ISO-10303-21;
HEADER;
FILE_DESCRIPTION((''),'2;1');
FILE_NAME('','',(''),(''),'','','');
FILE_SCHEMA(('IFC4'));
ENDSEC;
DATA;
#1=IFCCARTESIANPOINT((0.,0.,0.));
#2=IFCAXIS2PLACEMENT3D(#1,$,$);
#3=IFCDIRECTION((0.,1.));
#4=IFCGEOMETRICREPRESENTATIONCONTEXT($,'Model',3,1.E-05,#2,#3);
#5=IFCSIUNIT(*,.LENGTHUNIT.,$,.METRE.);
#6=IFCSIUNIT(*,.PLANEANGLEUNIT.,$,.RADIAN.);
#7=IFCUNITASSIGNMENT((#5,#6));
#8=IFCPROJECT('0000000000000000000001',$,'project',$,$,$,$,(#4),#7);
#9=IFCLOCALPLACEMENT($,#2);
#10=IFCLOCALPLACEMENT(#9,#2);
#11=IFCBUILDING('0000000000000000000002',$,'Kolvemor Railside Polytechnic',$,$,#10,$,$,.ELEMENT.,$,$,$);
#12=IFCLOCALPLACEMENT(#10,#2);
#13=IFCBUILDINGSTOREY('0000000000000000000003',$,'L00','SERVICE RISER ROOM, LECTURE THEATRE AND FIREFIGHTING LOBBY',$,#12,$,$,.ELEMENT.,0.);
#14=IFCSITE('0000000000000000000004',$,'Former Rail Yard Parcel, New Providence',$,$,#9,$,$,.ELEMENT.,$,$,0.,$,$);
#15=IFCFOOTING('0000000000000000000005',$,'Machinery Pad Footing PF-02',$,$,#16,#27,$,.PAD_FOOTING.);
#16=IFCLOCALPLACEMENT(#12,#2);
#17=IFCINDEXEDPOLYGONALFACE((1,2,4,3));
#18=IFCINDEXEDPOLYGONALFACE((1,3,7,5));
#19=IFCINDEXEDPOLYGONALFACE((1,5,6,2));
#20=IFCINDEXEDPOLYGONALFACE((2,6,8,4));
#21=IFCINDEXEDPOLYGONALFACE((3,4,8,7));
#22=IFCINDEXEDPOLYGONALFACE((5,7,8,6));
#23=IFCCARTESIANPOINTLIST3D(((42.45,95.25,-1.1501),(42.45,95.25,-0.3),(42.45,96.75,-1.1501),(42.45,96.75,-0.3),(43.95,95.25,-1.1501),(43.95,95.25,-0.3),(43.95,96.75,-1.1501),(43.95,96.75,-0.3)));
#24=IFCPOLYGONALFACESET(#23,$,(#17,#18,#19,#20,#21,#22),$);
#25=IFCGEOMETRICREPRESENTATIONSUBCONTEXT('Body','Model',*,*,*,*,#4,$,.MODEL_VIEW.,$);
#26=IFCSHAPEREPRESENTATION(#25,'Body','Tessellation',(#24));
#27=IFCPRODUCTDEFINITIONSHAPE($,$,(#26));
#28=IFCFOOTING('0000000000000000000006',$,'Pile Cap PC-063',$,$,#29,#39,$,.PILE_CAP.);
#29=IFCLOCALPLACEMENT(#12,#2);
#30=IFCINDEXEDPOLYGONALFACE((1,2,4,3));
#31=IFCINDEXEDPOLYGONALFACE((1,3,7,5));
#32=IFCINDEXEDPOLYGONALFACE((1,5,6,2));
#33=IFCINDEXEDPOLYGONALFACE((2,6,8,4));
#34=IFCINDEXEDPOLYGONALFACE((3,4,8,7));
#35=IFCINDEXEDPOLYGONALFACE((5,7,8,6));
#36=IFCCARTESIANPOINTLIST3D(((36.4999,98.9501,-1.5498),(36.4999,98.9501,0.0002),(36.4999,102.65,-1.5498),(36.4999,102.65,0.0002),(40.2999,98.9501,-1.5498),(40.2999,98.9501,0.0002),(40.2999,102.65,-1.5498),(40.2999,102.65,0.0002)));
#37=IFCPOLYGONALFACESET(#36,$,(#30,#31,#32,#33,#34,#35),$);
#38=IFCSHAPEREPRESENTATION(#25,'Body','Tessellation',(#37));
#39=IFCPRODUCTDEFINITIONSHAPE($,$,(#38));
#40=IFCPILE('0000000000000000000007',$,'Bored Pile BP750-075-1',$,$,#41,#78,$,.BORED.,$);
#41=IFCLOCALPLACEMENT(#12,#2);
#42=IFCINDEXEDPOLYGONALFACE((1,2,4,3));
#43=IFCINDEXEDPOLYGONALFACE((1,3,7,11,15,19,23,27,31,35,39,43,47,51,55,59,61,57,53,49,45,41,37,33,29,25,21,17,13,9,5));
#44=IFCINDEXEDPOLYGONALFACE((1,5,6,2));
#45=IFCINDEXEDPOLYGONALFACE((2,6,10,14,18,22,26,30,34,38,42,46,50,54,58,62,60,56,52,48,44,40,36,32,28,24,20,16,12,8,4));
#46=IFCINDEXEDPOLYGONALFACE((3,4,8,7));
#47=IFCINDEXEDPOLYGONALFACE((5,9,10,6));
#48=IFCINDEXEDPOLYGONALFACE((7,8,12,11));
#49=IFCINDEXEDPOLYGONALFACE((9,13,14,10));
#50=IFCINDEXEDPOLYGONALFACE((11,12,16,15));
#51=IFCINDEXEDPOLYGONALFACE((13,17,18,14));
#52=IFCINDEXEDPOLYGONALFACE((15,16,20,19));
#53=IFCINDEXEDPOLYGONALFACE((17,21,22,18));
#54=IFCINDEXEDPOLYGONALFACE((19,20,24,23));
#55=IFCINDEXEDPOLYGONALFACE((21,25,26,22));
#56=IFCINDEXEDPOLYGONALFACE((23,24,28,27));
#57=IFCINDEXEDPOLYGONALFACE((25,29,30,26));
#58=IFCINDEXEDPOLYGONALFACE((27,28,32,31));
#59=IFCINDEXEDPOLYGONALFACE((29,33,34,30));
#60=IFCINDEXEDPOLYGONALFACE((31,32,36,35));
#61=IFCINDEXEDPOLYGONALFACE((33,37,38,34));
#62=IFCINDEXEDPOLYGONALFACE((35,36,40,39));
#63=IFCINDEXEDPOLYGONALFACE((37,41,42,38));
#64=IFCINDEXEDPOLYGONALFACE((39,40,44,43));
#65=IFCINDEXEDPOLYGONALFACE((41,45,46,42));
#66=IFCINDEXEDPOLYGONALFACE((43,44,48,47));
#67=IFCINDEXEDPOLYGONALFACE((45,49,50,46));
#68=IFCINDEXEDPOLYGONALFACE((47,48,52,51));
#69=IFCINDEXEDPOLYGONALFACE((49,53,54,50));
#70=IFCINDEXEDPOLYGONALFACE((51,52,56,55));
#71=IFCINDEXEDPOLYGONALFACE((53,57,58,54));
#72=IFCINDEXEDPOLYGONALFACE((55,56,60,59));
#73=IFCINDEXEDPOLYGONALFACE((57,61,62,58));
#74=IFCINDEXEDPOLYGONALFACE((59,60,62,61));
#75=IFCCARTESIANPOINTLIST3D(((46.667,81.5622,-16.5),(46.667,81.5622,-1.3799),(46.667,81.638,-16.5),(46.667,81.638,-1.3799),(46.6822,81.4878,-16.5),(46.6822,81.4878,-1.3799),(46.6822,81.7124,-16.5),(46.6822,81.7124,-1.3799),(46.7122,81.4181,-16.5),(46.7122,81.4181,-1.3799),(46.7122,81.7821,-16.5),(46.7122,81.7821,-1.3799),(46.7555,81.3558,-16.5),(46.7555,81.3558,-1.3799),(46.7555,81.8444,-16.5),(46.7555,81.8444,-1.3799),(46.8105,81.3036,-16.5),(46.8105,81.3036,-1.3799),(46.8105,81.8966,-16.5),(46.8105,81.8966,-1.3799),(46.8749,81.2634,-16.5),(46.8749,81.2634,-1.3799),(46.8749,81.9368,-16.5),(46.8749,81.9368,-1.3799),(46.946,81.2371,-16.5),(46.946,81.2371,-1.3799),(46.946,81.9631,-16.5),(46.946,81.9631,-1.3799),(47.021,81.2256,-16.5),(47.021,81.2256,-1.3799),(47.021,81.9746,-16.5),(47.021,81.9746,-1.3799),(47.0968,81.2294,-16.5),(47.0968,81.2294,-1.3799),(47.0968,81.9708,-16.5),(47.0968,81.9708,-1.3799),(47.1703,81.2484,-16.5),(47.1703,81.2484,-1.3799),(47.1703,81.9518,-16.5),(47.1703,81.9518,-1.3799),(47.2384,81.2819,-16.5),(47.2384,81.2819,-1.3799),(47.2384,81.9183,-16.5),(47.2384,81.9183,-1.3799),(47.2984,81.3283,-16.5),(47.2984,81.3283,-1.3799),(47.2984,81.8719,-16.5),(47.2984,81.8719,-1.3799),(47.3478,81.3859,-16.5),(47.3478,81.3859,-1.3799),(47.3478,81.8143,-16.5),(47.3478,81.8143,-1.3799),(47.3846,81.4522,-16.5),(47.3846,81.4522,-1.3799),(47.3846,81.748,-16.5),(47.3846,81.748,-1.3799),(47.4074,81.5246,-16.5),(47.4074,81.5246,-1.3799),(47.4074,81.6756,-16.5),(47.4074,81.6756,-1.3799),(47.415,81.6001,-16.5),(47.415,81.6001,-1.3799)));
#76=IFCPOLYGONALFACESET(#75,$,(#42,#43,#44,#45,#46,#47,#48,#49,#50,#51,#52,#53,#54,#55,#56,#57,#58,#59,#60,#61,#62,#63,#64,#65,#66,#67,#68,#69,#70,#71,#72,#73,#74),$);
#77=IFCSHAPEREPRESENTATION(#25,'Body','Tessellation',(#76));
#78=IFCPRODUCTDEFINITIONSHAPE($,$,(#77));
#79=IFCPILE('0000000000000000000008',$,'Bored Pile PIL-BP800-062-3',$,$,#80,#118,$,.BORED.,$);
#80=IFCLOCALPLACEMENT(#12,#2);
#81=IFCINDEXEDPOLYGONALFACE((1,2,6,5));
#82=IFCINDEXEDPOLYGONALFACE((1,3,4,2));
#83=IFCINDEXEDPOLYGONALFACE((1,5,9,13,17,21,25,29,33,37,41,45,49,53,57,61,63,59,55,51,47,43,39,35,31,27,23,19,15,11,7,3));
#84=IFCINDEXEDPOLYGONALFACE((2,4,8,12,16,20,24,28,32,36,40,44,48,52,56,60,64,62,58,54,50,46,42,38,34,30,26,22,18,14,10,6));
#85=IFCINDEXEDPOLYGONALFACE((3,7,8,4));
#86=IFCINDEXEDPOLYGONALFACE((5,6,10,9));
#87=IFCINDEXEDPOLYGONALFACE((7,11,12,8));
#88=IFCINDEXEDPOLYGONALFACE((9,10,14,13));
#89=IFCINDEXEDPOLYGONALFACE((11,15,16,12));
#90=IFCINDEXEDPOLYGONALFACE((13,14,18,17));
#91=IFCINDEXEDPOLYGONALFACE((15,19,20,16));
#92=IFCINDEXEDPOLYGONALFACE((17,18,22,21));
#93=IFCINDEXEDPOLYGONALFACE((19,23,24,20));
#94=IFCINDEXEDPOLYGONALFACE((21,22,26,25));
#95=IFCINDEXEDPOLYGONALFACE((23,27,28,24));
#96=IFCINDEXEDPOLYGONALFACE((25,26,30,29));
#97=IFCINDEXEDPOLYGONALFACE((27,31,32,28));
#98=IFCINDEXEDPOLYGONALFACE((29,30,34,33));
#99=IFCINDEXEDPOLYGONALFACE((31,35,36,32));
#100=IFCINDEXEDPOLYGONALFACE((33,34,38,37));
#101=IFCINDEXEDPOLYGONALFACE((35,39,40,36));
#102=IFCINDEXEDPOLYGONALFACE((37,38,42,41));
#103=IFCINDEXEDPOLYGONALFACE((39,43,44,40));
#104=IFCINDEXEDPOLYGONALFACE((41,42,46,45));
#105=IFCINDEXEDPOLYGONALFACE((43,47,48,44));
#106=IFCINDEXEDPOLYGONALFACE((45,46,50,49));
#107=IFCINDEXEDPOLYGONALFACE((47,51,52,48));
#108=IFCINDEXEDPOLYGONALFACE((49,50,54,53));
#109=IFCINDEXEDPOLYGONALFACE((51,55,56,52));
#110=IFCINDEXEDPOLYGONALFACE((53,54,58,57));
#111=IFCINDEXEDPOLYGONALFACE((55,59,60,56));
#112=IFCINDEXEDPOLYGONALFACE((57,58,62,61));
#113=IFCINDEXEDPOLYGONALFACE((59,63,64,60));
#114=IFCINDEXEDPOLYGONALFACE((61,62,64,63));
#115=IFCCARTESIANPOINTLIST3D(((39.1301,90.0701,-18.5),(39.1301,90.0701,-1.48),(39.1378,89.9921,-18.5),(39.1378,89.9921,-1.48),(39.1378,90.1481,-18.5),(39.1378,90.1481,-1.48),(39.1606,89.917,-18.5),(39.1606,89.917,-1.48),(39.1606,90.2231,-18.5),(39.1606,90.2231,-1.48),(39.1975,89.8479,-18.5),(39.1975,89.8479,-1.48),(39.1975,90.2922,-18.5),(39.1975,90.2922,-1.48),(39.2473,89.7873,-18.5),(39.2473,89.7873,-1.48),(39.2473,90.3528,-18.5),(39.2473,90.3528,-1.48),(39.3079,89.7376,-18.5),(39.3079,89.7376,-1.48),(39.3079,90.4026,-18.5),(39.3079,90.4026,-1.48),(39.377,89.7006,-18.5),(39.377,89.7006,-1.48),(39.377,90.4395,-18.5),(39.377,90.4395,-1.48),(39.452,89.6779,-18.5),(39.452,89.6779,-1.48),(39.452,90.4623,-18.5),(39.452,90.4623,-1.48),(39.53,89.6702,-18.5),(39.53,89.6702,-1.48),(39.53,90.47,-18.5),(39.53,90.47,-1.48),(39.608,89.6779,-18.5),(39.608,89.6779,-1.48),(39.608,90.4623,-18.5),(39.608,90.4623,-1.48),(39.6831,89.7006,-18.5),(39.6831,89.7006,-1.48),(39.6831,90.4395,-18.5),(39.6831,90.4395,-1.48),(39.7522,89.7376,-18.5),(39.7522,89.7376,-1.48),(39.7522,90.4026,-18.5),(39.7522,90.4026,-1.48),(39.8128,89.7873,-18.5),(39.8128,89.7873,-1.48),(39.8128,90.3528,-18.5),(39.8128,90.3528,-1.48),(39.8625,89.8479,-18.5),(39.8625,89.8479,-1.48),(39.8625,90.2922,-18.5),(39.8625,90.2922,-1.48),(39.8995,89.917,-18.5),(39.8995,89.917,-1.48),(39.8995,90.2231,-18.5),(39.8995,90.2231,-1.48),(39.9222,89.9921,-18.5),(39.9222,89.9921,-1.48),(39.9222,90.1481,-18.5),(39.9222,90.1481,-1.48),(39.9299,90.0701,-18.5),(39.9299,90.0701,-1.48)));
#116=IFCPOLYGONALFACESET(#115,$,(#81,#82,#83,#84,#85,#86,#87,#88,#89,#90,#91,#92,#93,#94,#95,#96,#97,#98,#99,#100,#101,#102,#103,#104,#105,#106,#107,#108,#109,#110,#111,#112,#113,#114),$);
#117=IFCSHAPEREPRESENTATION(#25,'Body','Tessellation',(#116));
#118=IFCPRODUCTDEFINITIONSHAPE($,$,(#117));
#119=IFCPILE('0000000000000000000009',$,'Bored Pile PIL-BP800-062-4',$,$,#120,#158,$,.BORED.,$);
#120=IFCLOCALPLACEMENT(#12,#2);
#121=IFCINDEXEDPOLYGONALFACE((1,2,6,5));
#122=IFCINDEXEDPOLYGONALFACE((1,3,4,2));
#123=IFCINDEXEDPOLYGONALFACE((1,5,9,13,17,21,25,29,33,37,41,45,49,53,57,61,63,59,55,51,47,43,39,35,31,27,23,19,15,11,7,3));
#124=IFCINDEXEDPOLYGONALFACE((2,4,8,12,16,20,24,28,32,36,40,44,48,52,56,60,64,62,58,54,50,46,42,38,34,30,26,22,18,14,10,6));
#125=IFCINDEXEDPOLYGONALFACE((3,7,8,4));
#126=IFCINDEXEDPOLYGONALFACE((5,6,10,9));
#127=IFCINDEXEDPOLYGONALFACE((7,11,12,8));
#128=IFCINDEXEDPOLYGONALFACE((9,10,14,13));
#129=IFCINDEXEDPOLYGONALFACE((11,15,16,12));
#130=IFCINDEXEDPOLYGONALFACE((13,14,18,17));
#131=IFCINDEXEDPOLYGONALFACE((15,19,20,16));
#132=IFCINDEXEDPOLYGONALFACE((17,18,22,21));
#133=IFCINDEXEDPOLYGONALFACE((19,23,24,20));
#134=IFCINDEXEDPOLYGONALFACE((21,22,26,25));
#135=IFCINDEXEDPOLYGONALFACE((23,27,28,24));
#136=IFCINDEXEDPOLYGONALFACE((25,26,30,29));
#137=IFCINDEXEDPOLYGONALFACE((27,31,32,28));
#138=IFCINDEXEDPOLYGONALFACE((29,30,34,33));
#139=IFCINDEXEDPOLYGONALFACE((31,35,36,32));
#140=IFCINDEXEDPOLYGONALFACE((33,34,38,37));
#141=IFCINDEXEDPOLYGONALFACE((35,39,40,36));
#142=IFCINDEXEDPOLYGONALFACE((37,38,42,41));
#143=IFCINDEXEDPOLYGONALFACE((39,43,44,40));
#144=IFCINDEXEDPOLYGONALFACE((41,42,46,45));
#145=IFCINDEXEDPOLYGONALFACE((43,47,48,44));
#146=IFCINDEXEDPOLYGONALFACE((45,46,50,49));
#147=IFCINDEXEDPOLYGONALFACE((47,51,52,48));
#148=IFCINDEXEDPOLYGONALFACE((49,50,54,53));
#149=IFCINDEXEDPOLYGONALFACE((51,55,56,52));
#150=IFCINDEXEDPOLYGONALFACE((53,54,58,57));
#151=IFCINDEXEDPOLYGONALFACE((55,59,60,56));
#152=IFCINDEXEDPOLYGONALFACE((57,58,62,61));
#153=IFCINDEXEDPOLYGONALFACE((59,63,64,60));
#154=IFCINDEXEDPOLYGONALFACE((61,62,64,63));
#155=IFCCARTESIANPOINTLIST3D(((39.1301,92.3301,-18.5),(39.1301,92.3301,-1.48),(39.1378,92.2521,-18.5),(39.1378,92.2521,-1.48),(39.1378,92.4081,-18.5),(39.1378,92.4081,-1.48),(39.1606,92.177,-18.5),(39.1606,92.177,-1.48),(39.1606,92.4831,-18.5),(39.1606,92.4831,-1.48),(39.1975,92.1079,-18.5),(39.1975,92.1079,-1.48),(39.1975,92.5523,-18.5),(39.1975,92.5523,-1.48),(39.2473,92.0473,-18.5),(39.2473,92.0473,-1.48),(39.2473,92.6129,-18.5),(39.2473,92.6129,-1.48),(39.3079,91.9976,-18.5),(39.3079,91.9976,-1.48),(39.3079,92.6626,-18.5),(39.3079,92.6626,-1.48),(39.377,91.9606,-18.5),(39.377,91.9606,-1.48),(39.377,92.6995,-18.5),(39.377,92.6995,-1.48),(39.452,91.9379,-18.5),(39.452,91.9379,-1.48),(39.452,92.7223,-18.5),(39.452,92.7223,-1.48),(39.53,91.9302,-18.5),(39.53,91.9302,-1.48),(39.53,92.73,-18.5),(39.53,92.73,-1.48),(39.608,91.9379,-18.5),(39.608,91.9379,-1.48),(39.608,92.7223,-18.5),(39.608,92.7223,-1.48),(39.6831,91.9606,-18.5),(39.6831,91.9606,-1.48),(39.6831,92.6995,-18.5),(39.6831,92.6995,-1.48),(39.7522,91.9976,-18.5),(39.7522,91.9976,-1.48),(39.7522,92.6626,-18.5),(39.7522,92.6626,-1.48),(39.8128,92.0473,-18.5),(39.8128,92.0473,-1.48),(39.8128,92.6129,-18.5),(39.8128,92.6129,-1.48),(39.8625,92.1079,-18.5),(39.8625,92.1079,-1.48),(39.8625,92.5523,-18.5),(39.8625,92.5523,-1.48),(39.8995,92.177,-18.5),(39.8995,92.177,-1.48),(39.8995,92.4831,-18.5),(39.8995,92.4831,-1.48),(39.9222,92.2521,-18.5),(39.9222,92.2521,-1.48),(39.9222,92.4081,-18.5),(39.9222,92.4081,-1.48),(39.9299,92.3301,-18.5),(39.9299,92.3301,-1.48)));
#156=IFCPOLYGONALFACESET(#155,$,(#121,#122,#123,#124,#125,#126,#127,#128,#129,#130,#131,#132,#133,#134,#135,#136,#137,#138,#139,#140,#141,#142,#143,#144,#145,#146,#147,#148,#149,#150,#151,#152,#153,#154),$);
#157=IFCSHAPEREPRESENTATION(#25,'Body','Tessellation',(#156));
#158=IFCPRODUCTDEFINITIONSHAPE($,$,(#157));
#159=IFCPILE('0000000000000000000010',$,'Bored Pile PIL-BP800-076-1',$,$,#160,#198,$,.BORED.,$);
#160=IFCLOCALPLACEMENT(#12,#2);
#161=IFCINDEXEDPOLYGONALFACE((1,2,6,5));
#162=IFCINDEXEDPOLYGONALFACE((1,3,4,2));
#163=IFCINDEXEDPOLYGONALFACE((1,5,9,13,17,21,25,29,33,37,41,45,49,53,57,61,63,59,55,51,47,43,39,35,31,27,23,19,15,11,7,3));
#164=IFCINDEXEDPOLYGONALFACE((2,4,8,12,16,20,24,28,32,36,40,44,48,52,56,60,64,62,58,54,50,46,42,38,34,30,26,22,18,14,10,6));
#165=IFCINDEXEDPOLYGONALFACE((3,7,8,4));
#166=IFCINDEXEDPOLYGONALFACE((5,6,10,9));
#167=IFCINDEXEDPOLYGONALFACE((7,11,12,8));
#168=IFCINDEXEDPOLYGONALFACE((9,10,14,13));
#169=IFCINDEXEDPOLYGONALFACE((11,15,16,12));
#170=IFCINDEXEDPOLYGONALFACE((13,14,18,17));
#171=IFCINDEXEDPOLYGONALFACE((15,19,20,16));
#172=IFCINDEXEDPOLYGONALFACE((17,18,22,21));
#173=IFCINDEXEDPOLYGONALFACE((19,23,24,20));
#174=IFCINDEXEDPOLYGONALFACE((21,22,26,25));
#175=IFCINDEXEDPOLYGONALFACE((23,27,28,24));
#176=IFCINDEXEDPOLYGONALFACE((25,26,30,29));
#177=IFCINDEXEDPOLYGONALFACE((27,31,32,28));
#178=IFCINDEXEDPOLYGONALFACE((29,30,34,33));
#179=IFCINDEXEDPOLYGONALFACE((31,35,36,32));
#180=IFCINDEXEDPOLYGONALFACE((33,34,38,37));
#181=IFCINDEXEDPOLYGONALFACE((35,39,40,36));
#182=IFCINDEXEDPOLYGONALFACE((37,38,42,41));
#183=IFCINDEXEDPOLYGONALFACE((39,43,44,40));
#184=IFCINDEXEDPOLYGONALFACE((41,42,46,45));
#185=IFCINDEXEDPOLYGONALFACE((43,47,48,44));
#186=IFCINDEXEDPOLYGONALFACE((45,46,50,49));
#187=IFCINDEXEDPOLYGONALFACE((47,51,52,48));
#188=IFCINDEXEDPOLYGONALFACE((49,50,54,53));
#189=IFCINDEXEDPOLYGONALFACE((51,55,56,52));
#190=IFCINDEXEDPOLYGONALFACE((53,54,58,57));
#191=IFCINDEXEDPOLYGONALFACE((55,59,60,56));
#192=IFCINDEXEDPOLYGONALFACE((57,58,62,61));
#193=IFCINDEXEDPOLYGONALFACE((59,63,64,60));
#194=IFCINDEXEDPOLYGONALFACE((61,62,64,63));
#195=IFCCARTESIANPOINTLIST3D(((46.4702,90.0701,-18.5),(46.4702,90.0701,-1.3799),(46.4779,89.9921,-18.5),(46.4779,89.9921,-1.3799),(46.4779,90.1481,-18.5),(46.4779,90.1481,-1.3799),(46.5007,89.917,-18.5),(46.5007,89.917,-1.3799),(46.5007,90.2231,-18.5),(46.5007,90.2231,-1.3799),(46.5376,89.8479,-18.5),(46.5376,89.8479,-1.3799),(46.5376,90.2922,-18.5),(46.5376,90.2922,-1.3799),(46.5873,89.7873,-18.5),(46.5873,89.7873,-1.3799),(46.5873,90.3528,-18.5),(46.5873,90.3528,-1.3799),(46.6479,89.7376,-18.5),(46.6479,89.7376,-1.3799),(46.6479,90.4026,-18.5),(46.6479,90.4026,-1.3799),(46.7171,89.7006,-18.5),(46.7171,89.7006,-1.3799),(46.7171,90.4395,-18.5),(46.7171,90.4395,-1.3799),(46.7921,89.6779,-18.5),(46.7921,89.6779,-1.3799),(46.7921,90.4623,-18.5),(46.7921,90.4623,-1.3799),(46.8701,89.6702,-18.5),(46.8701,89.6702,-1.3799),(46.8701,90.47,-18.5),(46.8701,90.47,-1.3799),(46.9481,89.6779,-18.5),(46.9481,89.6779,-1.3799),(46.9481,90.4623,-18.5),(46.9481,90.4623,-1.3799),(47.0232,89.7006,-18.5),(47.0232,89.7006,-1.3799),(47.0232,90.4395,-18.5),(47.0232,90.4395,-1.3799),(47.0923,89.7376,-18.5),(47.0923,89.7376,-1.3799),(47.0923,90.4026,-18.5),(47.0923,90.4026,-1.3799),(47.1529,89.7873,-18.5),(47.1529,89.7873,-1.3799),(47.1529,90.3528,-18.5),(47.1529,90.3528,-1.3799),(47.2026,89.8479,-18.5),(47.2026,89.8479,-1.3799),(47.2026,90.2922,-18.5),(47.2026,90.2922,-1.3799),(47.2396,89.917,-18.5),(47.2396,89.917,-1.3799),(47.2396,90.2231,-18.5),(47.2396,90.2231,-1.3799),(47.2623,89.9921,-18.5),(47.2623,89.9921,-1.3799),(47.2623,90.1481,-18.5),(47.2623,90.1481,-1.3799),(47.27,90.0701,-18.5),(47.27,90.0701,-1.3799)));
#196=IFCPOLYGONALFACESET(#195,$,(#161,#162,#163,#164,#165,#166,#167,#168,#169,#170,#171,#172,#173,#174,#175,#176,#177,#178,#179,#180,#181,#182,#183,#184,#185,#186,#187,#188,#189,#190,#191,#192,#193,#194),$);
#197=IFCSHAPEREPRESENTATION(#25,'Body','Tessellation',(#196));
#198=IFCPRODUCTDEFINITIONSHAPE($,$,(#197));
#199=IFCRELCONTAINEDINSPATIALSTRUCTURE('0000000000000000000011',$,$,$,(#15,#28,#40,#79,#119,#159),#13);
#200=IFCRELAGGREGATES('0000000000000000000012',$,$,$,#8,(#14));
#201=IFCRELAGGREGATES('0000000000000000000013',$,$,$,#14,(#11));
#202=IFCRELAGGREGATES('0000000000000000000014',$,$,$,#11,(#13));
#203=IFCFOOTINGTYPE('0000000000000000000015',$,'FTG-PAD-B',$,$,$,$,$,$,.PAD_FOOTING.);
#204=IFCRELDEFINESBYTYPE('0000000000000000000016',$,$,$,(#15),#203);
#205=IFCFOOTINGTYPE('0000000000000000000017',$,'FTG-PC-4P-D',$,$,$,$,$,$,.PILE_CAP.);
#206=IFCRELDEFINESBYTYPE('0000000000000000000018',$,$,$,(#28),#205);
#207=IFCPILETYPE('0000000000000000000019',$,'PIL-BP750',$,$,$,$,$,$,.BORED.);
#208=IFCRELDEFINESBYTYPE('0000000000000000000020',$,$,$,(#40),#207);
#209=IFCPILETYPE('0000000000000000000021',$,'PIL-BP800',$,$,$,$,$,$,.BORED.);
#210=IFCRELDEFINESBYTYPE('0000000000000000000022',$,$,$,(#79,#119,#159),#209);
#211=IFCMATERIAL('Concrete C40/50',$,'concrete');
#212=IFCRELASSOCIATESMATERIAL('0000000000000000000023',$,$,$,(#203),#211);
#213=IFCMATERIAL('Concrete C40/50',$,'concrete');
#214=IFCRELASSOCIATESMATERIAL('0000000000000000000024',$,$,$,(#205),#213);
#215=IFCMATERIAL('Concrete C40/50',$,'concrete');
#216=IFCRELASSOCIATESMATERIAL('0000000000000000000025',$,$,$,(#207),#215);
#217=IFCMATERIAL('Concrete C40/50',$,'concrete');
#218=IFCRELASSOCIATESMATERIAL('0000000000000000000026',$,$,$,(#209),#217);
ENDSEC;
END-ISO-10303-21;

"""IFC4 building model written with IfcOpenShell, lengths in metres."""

from ifc_helpers import new_model, si_unit, direction, frame, origin, origin_2d, place, context, subcontext, project, spatial, rectangle, circle, extrude, material, material_profile, profile_set, type_object, element, save


model = new_model("IFC4")

# Units and contexts
model_context = context("Model", 3, precision=1e-05, world=origin(), true_north=direction((0.0, 1.0)))
body_context = subcontext(model_context, "Body", "Model", "MODEL_VIEW")
ifc_project = project(units=[si_unit("LENGTHUNIT", "METRE"), si_unit("PLANEANGLEUNIT", "RADIAN")], contexts=[model_context])

# Site, building, storey
site_placement = place(None, origin())
site = spatial("IfcSite", under=ifc_project, at=site_placement, Name="Former Rail Yard Parcel, New Providence", CompositionType="ELEMENT", RefElevation=0.0)
building_placement = place(site_placement, origin())
building = spatial("IfcBuilding", under=site, at=building_placement, Name="Kolvemor Railside Polytechnic", CompositionType="ELEMENT")
storey_placement = place(building_placement, origin())
storey = spatial("IfcBuildingStorey", under=building, at=storey_placement, Name="L00", Description="SERVICE RISER ROOM, LECTURE THEATRE AND FIREFIGHTING LOBBY", CompositionType="ELEMENT", Elevation=0.0)

# Footings
ifc_material_1 = material(Name="Concrete C40/50", Category="concrete")
footing_type_1 = type_object("IfcFootingType", Name="FTG-PAD-B", PredefinedType="PAD_FOOTING", material=ifc_material_1)
footing_1_placement = place(storey_placement, frame((43.2, 96.0, -1.1501), z_axis=(0.0, 0.0, 1.0), x_axis=(1.0, 0.0, 0.0)))
element("IfcFooting", 1, at=footing_1_placement, inside=storey, type_object=footing_type_1, Name="Machinery Pad Footing PF-02", PredefinedType="PAD_FOOTING", context=body_context, shape_type="SweptSolid", body=[
    extrude(rectangle(XDim=1.5, YDim=1.5, at=origin_2d()), origin(), (0.0, 0.0, 1.0), 0.8501),
])
ifc_material_2 = material(Name="Concrete C40/50", Category="concrete")
footing_type_2 = type_object("IfcFootingType", Name="FTG-PC-4P-D", PredefinedType="PILE_CAP", material=ifc_material_2)
footing_2_placement = place(storey_placement, frame((38.3999, 100.8, -1.5498), z_axis=(0.0, 0.0, 1.0), x_axis=(1.0, 0.0, 0.0)))
element("IfcFooting", 2, at=footing_2_placement, inside=storey, type_object=footing_type_2, Name="Pile Cap PC-063", PredefinedType="PILE_CAP", context=body_context, shape_type="SweptSolid", body=[
    extrude(rectangle(XDim=3.8, YDim=3.7, at=origin_2d()), origin(), (0.0, 0.0, 1.0), 1.55),
])

# Piles
ifc_material_3 = material(Name="Concrete C40/50", Category="concrete")
ifc_material_profile_1 = material_profile(ifc_material_3, circle(Radius=0.375, at=origin_2d()), Name="BP750")
ifc_profile_set_1 = profile_set([ifc_material_profile_1], Name="Concrete C40/50")
pile_type_1 = type_object("IfcPileType", Name="PIL-BP750", PredefinedType="BORED", material=ifc_profile_set_1)
pile_1_placement = place(storey_placement, frame((47.04, 81.6001, -1.3799), z_axis=(0.0, 0.0, -1.0), x_axis=(1.0, 0.0, 0.0)))
element("IfcPile", 3, at=pile_1_placement, inside=storey, type_object=pile_type_1, Name="Bored Pile BP750-075-1", PredefinedType="BORED", context=body_context, shape_type="SweptSolid", body=[
    extrude(circle(Radius=0.375, at=origin_2d()), origin(), (0.0, 0.0, 1.0), 15.1201),
])
ifc_material_4 = material(Name="Concrete C40/50", Category="concrete")
ifc_material_profile_2 = material_profile(ifc_material_4, circle(Radius=0.3999, at=origin_2d()), Name="BP800")
ifc_profile_set_2 = profile_set([ifc_material_profile_2], Name="Concrete C40/50")
pile_type_2 = type_object("IfcPileType", Name="PIL-BP800", PredefinedType="BORED", material=ifc_profile_set_2)
for number, where, z_axis, x_axis, name in (
    (4, (39.53, 90.0701, -1.48), (0.0, 0.0, -1.0), (1.0, 0.0, 0.0), "Bored Pile PIL-BP800-062-3"),
    (5, (39.53, 92.3301, -1.48), (0.0, 0.0, -1.0), (1.0, 0.0, 0.0), "Bored Pile PIL-BP800-062-4"),
):
    element("IfcPile", number, at=place(storey_placement, frame(where, z_axis=z_axis, x_axis=x_axis)), inside=storey, type_object=pile_type_2, Name=name, PredefinedType="BORED", context=body_context, shape_type="SweptSolid", body=[
        extrude(circle(Radius=0.3999, at=origin_2d()), origin(), (0.0, 0.0, 1.0), 17.02),
    ])
for number, where, z_axis, x_axis, name in (
    (6, (46.8701, 90.0701, -1.3799), (0.0, 0.0, -1.0), (1.0, 0.0, 0.0), "Bored Pile PIL-BP800-076-1"),
):
    element("IfcPile", number, at=place(storey_placement, frame(where, z_axis=z_axis, x_axis=x_axis)), inside=storey, type_object=pile_type_2, Name=name, PredefinedType="BORED", context=body_context, shape_type="SweptSolid", body=[
        extrude(circle(Radius=0.3999, at=origin_2d()), origin(), (0.0, 0.0, 1.0), 17.1201),
    ])

save(model, "model.ifc")
